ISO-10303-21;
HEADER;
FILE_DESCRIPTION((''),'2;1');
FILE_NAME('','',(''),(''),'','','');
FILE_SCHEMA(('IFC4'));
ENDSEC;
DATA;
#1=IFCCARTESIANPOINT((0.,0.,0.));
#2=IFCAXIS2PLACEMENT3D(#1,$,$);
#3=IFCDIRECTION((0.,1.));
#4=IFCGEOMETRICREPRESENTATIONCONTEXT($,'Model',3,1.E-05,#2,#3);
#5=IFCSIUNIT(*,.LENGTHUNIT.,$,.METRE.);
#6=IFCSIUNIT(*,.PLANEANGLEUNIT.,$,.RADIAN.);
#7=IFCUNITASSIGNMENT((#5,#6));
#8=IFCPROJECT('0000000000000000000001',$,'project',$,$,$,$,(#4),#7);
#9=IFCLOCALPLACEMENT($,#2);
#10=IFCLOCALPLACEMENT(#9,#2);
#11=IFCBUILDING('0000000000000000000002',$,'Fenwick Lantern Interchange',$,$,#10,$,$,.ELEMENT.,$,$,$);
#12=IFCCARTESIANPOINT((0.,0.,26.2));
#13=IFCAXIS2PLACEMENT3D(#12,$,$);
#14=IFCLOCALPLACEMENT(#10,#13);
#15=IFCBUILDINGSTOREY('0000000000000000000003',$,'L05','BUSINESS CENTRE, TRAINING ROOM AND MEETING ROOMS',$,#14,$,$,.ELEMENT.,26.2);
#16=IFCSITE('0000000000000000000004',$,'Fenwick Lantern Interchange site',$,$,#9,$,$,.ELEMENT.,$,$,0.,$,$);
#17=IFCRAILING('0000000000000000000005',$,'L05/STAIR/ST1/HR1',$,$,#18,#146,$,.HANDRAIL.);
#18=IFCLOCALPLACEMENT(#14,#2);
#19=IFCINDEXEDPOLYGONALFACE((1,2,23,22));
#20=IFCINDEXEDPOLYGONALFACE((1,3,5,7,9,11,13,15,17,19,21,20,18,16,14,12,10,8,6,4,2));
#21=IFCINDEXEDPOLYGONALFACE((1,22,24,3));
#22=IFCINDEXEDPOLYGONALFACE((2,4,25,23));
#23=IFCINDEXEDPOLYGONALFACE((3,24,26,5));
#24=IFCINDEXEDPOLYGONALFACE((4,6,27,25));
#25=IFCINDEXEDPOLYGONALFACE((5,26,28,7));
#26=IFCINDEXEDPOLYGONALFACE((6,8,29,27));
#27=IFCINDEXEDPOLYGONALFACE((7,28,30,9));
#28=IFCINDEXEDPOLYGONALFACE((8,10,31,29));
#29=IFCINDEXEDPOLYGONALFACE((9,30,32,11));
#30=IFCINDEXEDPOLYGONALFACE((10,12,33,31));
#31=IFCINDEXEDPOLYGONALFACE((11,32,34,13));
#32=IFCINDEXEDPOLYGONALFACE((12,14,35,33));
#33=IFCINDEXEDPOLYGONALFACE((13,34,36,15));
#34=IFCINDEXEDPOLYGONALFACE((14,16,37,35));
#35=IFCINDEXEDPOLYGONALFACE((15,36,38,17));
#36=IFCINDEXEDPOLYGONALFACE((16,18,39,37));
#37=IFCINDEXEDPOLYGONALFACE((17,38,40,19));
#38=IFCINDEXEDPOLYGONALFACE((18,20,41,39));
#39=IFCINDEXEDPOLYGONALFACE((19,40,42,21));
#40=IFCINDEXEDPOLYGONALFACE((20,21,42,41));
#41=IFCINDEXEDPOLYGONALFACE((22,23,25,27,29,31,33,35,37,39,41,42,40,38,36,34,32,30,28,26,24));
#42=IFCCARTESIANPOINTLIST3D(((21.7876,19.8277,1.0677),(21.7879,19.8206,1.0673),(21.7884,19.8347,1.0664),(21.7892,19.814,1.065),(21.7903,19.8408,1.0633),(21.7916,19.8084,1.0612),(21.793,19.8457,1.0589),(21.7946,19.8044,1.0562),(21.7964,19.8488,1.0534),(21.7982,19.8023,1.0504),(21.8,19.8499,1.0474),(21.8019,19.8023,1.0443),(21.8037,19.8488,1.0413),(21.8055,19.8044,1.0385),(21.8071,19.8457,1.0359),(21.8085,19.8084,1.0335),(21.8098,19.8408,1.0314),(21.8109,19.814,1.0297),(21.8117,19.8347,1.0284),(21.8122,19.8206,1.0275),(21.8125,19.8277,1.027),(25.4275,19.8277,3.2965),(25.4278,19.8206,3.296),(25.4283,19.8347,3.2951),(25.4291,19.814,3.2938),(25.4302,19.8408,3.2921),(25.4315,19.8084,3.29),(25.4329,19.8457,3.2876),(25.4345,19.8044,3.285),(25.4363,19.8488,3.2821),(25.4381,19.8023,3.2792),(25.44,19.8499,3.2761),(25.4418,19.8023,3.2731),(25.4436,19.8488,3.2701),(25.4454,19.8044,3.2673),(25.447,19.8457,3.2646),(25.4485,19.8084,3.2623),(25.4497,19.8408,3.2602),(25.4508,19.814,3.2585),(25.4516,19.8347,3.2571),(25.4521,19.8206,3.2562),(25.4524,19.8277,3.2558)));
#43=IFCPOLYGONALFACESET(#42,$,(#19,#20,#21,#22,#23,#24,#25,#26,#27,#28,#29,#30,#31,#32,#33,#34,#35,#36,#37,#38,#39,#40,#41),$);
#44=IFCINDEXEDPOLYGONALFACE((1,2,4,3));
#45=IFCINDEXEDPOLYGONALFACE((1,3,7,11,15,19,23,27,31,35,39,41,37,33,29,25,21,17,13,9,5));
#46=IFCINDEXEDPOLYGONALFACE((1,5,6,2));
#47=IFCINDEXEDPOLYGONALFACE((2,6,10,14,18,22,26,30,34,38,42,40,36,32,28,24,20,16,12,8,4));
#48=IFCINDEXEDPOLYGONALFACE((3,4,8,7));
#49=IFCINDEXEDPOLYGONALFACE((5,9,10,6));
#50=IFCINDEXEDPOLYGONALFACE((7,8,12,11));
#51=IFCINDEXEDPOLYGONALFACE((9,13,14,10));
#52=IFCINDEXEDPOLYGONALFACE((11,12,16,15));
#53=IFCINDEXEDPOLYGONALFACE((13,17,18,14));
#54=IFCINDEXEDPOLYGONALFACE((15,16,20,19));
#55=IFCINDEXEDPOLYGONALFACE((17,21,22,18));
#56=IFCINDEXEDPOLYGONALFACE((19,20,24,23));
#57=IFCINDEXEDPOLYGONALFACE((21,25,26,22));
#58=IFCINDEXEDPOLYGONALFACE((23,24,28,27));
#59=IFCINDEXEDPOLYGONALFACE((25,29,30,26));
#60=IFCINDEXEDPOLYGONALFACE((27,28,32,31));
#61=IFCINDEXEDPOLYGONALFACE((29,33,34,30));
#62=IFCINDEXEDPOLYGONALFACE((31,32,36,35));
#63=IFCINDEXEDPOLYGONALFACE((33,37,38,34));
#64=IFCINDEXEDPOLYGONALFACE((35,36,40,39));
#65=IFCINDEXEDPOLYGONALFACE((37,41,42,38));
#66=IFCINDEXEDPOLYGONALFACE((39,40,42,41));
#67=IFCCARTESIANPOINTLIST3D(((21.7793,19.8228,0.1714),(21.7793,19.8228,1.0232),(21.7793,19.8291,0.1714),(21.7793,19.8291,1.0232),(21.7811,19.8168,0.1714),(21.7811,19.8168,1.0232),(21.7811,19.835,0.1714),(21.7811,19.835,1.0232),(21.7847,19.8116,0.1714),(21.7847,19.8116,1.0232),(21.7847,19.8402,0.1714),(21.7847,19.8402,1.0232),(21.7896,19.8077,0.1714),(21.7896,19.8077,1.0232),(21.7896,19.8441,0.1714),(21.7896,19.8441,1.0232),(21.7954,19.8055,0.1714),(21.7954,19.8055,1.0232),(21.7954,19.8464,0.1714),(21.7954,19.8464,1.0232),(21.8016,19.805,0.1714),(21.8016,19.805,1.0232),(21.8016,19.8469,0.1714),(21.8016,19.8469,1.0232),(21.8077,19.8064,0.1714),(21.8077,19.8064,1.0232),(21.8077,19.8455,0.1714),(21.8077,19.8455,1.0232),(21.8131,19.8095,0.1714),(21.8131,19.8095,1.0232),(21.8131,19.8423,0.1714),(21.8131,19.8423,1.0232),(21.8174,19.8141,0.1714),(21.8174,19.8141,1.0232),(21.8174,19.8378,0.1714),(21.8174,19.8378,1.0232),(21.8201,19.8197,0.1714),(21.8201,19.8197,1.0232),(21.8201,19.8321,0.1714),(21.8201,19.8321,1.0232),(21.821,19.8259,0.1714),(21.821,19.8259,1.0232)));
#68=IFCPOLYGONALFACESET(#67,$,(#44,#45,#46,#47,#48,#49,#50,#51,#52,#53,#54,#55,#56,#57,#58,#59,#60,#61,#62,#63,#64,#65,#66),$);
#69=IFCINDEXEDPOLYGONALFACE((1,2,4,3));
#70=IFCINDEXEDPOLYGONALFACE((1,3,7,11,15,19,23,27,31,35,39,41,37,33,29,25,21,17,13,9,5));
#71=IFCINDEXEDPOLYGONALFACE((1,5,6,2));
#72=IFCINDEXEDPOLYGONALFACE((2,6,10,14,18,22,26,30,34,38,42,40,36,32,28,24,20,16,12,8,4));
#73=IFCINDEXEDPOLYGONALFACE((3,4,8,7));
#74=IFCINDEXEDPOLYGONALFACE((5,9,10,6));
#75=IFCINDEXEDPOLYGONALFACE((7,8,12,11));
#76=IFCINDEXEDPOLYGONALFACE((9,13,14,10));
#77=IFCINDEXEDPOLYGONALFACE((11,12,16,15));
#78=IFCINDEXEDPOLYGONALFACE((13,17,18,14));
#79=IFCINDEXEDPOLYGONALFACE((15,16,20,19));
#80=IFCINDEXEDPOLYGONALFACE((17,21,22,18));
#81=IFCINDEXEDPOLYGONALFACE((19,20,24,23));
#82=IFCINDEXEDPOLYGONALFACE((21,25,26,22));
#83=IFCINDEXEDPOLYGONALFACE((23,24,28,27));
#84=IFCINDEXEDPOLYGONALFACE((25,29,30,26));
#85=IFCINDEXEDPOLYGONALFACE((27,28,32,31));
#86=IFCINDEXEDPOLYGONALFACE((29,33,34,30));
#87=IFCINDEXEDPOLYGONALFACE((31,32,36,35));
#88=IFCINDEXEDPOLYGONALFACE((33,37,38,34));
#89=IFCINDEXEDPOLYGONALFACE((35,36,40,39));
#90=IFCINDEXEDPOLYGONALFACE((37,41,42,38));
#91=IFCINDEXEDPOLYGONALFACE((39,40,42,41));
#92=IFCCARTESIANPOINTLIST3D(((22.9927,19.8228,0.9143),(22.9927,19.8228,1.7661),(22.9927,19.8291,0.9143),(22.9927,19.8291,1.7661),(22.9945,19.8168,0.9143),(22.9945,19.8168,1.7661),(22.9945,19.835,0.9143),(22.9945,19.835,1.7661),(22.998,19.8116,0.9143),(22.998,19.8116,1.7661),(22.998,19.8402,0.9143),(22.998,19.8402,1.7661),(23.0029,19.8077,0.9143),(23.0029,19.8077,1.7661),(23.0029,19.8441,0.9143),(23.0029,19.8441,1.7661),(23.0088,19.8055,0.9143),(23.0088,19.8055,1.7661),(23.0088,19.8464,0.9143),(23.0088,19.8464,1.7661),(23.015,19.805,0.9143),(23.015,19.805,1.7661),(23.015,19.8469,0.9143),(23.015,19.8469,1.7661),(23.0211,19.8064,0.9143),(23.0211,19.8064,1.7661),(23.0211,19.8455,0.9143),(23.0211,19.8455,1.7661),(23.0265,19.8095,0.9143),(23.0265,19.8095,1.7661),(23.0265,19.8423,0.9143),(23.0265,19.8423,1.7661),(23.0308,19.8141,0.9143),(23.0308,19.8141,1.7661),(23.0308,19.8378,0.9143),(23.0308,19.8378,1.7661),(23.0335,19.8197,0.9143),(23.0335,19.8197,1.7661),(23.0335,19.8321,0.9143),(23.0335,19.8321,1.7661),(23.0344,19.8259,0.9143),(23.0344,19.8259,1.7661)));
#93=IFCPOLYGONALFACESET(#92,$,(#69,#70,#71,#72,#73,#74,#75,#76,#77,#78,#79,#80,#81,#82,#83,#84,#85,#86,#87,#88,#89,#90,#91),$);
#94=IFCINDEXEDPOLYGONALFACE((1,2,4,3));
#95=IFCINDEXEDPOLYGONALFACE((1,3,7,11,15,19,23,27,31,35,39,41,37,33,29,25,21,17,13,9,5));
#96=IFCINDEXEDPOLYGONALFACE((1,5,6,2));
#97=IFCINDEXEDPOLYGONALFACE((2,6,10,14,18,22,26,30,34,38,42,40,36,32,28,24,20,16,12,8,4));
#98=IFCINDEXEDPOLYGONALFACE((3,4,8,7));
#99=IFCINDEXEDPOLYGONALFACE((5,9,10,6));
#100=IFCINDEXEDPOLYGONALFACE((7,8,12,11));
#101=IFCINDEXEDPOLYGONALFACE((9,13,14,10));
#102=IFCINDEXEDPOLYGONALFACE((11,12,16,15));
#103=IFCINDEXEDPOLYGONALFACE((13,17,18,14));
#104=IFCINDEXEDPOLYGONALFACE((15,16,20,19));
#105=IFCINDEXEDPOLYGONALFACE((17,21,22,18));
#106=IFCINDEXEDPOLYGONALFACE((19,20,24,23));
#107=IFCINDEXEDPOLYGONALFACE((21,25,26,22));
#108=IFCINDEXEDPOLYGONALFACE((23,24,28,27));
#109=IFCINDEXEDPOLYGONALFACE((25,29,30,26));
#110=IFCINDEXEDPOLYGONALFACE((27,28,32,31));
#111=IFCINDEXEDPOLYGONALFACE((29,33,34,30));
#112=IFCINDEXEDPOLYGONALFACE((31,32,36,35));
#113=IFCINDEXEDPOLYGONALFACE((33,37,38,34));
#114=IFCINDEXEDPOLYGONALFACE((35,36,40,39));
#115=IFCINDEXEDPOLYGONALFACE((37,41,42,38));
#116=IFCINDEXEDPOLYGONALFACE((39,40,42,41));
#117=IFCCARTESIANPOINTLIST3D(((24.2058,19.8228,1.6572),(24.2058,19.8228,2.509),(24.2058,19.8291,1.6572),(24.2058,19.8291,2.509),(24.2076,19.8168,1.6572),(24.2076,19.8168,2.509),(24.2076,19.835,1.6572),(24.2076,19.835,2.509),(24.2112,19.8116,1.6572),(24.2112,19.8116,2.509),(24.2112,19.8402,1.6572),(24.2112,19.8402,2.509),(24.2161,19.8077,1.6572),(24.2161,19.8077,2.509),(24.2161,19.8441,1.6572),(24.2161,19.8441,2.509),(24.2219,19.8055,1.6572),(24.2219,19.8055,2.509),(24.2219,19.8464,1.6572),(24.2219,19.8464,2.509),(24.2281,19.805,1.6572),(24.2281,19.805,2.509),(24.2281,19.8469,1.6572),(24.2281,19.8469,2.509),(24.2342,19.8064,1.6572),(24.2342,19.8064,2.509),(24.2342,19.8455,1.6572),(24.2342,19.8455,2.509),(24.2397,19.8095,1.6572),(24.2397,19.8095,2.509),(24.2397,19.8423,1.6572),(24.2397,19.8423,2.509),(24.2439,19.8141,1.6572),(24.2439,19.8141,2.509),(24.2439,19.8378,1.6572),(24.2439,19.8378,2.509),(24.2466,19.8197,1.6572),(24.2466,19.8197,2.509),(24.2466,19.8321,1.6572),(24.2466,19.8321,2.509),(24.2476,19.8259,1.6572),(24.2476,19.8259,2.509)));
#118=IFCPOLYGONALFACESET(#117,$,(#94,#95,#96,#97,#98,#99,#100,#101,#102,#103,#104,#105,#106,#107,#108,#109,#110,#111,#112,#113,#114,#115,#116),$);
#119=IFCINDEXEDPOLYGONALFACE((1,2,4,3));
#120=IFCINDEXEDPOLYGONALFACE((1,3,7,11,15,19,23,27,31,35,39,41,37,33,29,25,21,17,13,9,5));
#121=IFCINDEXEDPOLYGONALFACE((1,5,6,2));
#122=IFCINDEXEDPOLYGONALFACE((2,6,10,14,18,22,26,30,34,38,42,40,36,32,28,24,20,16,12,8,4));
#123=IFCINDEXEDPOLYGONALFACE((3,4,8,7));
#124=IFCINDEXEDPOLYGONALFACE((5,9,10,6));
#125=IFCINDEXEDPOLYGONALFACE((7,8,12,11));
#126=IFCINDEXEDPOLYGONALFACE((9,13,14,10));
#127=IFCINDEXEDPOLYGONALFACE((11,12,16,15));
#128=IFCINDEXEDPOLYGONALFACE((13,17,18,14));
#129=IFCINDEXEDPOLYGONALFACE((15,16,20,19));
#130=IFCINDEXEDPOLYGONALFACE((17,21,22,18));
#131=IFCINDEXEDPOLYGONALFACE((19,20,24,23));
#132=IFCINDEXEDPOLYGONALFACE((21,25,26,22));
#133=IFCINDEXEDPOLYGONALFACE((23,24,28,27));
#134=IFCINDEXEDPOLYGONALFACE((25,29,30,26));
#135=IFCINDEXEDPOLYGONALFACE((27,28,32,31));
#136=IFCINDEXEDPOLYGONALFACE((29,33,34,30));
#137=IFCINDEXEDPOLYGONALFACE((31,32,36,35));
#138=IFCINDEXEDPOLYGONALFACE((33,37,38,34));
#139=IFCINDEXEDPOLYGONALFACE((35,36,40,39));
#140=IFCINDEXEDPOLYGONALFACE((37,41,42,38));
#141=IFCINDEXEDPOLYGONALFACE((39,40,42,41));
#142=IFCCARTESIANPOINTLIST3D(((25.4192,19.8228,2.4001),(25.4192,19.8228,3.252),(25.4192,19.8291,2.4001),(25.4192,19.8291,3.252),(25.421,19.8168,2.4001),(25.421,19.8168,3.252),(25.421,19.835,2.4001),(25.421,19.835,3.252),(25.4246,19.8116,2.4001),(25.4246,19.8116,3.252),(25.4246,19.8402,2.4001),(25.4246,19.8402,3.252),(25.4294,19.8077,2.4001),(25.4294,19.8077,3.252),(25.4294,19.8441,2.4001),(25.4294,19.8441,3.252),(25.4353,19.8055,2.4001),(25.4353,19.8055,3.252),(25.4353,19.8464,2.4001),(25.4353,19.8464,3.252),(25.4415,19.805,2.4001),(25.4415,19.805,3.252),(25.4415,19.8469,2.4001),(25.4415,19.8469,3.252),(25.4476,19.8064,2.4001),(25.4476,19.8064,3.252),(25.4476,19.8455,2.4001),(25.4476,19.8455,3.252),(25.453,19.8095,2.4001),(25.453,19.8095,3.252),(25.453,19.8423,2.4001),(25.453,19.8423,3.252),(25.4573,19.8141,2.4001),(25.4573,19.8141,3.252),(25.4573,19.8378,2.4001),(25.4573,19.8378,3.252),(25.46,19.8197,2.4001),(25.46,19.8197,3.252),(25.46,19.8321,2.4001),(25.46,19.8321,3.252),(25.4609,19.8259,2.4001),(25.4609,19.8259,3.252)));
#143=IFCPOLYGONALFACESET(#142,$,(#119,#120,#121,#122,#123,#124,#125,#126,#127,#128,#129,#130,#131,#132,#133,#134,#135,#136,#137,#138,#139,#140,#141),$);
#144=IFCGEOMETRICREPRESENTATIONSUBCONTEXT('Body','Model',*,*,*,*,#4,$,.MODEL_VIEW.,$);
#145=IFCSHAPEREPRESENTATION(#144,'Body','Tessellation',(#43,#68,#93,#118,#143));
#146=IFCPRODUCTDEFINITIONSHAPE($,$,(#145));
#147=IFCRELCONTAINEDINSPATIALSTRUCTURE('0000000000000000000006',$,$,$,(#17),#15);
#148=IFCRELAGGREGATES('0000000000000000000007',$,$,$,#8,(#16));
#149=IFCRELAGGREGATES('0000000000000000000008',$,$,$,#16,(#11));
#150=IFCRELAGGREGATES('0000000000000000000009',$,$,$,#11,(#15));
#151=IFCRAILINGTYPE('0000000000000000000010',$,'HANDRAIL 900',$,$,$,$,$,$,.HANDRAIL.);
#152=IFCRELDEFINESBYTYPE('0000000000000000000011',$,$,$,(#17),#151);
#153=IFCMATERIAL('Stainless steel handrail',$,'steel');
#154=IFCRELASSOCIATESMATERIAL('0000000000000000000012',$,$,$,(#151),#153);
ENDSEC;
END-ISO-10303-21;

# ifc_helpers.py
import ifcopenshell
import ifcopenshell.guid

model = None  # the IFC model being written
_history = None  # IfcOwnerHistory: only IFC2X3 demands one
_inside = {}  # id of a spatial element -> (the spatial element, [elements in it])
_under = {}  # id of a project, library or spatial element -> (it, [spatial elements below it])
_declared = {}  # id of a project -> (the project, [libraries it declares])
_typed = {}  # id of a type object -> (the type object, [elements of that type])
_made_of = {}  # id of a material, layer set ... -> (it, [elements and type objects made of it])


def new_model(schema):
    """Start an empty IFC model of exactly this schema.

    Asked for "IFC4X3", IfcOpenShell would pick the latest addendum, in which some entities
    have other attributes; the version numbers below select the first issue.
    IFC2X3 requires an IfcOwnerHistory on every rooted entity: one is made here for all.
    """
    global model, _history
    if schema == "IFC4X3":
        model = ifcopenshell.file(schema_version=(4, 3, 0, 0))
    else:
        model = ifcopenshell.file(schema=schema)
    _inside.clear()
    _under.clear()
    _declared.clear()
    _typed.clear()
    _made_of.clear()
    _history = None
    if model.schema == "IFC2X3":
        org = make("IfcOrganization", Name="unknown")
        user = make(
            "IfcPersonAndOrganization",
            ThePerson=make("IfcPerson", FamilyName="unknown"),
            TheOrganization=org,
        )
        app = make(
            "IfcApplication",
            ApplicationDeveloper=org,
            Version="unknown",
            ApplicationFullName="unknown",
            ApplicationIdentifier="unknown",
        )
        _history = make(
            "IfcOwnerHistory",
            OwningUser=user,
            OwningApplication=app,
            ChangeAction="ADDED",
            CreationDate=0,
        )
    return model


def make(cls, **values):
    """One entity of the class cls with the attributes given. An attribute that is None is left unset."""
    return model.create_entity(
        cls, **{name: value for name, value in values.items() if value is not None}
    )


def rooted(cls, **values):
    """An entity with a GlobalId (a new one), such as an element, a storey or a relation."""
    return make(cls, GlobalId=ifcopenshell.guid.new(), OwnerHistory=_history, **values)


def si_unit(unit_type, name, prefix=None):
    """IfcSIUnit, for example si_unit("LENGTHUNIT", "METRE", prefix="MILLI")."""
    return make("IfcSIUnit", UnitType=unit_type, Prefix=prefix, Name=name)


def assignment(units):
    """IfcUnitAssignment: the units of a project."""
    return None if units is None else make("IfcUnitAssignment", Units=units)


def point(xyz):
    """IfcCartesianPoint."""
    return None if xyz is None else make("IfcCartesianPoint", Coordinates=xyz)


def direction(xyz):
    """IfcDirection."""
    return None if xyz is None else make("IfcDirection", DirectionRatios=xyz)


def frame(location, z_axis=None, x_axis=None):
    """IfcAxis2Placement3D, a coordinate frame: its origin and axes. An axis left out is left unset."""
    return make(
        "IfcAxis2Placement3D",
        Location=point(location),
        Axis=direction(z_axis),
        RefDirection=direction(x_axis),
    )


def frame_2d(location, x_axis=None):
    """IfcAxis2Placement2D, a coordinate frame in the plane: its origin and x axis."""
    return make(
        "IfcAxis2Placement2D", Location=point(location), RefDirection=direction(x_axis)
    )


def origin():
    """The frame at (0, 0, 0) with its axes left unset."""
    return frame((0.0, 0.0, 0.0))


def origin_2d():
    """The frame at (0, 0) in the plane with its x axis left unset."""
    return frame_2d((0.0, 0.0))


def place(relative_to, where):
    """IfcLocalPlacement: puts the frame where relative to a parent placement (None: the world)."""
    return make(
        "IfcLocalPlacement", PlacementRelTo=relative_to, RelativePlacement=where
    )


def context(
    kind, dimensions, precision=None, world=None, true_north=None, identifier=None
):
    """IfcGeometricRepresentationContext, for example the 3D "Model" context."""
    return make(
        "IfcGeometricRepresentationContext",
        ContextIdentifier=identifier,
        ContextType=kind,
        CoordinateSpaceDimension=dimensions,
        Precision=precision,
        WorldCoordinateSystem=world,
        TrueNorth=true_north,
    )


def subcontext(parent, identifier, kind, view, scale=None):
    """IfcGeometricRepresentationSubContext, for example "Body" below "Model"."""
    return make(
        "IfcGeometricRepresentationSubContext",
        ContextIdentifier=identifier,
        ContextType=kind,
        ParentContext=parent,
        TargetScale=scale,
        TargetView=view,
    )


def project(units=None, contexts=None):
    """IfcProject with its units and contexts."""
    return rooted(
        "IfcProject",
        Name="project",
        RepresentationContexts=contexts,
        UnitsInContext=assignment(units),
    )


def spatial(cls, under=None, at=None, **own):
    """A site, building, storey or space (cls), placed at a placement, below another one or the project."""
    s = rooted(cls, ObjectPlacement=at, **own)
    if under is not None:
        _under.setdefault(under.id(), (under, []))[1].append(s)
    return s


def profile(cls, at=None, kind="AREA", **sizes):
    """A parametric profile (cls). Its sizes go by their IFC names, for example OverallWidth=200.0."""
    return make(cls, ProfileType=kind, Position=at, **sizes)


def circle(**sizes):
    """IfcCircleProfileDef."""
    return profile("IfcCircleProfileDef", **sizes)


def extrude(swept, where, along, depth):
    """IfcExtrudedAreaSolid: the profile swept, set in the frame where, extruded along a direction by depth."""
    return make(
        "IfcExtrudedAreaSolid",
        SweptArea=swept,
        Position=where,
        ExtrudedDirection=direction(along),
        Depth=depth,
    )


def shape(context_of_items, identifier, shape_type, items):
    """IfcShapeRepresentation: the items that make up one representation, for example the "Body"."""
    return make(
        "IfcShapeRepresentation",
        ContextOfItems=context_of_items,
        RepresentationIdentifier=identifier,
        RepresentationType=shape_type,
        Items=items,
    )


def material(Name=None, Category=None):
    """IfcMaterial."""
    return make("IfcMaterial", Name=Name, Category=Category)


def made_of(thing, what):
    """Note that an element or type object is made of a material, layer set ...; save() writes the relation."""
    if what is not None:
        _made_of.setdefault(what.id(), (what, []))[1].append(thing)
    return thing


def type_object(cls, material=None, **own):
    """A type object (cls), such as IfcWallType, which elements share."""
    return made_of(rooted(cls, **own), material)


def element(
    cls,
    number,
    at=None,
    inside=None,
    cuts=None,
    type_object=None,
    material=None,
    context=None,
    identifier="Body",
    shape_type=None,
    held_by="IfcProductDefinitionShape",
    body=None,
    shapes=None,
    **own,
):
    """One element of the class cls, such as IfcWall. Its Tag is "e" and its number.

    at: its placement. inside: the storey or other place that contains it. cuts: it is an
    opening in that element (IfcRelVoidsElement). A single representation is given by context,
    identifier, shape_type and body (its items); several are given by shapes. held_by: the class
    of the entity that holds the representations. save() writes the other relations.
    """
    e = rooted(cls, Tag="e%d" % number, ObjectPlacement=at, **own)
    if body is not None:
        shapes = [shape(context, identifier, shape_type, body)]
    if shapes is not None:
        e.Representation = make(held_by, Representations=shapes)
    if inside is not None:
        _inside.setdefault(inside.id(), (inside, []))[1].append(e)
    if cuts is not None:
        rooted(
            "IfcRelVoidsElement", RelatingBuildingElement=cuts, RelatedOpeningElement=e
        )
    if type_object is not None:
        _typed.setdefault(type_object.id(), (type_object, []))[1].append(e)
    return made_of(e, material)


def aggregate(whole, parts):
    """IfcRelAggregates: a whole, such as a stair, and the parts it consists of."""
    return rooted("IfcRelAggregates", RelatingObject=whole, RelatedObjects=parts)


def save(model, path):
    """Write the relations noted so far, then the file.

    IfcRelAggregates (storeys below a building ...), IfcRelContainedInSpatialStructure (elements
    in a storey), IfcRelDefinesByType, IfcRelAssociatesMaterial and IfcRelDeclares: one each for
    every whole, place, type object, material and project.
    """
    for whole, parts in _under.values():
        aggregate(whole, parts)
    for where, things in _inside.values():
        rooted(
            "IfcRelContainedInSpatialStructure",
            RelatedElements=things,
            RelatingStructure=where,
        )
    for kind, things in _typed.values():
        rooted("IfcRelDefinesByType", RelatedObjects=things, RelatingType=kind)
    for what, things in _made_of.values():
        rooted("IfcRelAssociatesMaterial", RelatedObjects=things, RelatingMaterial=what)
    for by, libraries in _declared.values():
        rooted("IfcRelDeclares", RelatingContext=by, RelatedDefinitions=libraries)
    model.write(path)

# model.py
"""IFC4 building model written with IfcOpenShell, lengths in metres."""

from ifc_helpers import new_model, si_unit, direction, frame, origin, origin_2d, place, context, subcontext, project, spatial, circle, extrude, material, type_object, element, save


model = new_model("IFC4")

# Units and contexts
model_context = context("Model", 3, precision=1e-05, world=origin(), true_north=direction((0.0, 1.0)))
body_context = subcontext(model_context, "Body", "Model", "MODEL_VIEW")
ifc_project = project(units=[si_unit("LENGTHUNIT", "METRE"), si_unit("PLANEANGLEUNIT", "RADIAN")], contexts=[model_context])

# Site, building, storey
site_placement = place(None, origin())
site = spatial("IfcSite", under=ifc_project, at=site_placement, Name="Fenwick Lantern Interchange site", CompositionType="ELEMENT", RefElevation=0.0)
building_placement = place(site_placement, origin())
building = spatial("IfcBuilding", under=site, at=building_placement, Name="Fenwick Lantern Interchange", CompositionType="ELEMENT")
storey_placement = place(building_placement, frame((0.0, 0.0, 26.2)))
storey = spatial("IfcBuildingStorey", under=building, at=storey_placement, Name="L05", Description="BUSINESS CENTRE, TRAINING ROOM AND MEETING ROOMS", CompositionType="ELEMENT", Elevation=26.2)

# Railing
ifc_material_1 = material(Name="Stainless steel handrail", Category="steel")
railing_type = type_object("IfcRailingType", Name="HANDRAIL 900", PredefinedType="HANDRAIL", material=ifc_material_1)
railing_1_placement = place(storey_placement, frame((21.8, 19.8259, 0.1714)))
element("IfcRailing", 1, at=railing_1_placement, inside=storey, type_object=railing_type, Name="L05/STAIR/ST1/HR1", PredefinedType="HANDRAIL", context=body_context, shape_type="SweptSolid", body=[
    extrude(circle(Radius=0.0239, at=origin_2d()), frame((0.0, 0.0, 0.876), z_axis=(0.852825, 0.0, 0.522197), x_axis=(0.0, 1.0, 0.0)), (0.0, 0.0, 1.0), 4.2681),
    extrude(circle(Radius=0.021, at=origin_2d()), origin(), (0.0, 0.0, 1.0), 0.8518),
    extrude(circle(Radius=0.021, at=origin_2d()), frame((1.2134, 0.0, 0.7429)), (0.0, 0.0, 1.0), 0.8518),
    extrude(circle(Radius=0.021, at=origin_2d()), frame((2.4265, 0.0, 1.4858)), (0.0, 0.0, 1.0), 0.8518),
    extrude(circle(Radius=0.021, at=origin_2d()), frame((3.6399, 0.0, 2.2288)), (0.0, 0.0, 1.0), 0.8518),
])

save(model, "model.ifc")
